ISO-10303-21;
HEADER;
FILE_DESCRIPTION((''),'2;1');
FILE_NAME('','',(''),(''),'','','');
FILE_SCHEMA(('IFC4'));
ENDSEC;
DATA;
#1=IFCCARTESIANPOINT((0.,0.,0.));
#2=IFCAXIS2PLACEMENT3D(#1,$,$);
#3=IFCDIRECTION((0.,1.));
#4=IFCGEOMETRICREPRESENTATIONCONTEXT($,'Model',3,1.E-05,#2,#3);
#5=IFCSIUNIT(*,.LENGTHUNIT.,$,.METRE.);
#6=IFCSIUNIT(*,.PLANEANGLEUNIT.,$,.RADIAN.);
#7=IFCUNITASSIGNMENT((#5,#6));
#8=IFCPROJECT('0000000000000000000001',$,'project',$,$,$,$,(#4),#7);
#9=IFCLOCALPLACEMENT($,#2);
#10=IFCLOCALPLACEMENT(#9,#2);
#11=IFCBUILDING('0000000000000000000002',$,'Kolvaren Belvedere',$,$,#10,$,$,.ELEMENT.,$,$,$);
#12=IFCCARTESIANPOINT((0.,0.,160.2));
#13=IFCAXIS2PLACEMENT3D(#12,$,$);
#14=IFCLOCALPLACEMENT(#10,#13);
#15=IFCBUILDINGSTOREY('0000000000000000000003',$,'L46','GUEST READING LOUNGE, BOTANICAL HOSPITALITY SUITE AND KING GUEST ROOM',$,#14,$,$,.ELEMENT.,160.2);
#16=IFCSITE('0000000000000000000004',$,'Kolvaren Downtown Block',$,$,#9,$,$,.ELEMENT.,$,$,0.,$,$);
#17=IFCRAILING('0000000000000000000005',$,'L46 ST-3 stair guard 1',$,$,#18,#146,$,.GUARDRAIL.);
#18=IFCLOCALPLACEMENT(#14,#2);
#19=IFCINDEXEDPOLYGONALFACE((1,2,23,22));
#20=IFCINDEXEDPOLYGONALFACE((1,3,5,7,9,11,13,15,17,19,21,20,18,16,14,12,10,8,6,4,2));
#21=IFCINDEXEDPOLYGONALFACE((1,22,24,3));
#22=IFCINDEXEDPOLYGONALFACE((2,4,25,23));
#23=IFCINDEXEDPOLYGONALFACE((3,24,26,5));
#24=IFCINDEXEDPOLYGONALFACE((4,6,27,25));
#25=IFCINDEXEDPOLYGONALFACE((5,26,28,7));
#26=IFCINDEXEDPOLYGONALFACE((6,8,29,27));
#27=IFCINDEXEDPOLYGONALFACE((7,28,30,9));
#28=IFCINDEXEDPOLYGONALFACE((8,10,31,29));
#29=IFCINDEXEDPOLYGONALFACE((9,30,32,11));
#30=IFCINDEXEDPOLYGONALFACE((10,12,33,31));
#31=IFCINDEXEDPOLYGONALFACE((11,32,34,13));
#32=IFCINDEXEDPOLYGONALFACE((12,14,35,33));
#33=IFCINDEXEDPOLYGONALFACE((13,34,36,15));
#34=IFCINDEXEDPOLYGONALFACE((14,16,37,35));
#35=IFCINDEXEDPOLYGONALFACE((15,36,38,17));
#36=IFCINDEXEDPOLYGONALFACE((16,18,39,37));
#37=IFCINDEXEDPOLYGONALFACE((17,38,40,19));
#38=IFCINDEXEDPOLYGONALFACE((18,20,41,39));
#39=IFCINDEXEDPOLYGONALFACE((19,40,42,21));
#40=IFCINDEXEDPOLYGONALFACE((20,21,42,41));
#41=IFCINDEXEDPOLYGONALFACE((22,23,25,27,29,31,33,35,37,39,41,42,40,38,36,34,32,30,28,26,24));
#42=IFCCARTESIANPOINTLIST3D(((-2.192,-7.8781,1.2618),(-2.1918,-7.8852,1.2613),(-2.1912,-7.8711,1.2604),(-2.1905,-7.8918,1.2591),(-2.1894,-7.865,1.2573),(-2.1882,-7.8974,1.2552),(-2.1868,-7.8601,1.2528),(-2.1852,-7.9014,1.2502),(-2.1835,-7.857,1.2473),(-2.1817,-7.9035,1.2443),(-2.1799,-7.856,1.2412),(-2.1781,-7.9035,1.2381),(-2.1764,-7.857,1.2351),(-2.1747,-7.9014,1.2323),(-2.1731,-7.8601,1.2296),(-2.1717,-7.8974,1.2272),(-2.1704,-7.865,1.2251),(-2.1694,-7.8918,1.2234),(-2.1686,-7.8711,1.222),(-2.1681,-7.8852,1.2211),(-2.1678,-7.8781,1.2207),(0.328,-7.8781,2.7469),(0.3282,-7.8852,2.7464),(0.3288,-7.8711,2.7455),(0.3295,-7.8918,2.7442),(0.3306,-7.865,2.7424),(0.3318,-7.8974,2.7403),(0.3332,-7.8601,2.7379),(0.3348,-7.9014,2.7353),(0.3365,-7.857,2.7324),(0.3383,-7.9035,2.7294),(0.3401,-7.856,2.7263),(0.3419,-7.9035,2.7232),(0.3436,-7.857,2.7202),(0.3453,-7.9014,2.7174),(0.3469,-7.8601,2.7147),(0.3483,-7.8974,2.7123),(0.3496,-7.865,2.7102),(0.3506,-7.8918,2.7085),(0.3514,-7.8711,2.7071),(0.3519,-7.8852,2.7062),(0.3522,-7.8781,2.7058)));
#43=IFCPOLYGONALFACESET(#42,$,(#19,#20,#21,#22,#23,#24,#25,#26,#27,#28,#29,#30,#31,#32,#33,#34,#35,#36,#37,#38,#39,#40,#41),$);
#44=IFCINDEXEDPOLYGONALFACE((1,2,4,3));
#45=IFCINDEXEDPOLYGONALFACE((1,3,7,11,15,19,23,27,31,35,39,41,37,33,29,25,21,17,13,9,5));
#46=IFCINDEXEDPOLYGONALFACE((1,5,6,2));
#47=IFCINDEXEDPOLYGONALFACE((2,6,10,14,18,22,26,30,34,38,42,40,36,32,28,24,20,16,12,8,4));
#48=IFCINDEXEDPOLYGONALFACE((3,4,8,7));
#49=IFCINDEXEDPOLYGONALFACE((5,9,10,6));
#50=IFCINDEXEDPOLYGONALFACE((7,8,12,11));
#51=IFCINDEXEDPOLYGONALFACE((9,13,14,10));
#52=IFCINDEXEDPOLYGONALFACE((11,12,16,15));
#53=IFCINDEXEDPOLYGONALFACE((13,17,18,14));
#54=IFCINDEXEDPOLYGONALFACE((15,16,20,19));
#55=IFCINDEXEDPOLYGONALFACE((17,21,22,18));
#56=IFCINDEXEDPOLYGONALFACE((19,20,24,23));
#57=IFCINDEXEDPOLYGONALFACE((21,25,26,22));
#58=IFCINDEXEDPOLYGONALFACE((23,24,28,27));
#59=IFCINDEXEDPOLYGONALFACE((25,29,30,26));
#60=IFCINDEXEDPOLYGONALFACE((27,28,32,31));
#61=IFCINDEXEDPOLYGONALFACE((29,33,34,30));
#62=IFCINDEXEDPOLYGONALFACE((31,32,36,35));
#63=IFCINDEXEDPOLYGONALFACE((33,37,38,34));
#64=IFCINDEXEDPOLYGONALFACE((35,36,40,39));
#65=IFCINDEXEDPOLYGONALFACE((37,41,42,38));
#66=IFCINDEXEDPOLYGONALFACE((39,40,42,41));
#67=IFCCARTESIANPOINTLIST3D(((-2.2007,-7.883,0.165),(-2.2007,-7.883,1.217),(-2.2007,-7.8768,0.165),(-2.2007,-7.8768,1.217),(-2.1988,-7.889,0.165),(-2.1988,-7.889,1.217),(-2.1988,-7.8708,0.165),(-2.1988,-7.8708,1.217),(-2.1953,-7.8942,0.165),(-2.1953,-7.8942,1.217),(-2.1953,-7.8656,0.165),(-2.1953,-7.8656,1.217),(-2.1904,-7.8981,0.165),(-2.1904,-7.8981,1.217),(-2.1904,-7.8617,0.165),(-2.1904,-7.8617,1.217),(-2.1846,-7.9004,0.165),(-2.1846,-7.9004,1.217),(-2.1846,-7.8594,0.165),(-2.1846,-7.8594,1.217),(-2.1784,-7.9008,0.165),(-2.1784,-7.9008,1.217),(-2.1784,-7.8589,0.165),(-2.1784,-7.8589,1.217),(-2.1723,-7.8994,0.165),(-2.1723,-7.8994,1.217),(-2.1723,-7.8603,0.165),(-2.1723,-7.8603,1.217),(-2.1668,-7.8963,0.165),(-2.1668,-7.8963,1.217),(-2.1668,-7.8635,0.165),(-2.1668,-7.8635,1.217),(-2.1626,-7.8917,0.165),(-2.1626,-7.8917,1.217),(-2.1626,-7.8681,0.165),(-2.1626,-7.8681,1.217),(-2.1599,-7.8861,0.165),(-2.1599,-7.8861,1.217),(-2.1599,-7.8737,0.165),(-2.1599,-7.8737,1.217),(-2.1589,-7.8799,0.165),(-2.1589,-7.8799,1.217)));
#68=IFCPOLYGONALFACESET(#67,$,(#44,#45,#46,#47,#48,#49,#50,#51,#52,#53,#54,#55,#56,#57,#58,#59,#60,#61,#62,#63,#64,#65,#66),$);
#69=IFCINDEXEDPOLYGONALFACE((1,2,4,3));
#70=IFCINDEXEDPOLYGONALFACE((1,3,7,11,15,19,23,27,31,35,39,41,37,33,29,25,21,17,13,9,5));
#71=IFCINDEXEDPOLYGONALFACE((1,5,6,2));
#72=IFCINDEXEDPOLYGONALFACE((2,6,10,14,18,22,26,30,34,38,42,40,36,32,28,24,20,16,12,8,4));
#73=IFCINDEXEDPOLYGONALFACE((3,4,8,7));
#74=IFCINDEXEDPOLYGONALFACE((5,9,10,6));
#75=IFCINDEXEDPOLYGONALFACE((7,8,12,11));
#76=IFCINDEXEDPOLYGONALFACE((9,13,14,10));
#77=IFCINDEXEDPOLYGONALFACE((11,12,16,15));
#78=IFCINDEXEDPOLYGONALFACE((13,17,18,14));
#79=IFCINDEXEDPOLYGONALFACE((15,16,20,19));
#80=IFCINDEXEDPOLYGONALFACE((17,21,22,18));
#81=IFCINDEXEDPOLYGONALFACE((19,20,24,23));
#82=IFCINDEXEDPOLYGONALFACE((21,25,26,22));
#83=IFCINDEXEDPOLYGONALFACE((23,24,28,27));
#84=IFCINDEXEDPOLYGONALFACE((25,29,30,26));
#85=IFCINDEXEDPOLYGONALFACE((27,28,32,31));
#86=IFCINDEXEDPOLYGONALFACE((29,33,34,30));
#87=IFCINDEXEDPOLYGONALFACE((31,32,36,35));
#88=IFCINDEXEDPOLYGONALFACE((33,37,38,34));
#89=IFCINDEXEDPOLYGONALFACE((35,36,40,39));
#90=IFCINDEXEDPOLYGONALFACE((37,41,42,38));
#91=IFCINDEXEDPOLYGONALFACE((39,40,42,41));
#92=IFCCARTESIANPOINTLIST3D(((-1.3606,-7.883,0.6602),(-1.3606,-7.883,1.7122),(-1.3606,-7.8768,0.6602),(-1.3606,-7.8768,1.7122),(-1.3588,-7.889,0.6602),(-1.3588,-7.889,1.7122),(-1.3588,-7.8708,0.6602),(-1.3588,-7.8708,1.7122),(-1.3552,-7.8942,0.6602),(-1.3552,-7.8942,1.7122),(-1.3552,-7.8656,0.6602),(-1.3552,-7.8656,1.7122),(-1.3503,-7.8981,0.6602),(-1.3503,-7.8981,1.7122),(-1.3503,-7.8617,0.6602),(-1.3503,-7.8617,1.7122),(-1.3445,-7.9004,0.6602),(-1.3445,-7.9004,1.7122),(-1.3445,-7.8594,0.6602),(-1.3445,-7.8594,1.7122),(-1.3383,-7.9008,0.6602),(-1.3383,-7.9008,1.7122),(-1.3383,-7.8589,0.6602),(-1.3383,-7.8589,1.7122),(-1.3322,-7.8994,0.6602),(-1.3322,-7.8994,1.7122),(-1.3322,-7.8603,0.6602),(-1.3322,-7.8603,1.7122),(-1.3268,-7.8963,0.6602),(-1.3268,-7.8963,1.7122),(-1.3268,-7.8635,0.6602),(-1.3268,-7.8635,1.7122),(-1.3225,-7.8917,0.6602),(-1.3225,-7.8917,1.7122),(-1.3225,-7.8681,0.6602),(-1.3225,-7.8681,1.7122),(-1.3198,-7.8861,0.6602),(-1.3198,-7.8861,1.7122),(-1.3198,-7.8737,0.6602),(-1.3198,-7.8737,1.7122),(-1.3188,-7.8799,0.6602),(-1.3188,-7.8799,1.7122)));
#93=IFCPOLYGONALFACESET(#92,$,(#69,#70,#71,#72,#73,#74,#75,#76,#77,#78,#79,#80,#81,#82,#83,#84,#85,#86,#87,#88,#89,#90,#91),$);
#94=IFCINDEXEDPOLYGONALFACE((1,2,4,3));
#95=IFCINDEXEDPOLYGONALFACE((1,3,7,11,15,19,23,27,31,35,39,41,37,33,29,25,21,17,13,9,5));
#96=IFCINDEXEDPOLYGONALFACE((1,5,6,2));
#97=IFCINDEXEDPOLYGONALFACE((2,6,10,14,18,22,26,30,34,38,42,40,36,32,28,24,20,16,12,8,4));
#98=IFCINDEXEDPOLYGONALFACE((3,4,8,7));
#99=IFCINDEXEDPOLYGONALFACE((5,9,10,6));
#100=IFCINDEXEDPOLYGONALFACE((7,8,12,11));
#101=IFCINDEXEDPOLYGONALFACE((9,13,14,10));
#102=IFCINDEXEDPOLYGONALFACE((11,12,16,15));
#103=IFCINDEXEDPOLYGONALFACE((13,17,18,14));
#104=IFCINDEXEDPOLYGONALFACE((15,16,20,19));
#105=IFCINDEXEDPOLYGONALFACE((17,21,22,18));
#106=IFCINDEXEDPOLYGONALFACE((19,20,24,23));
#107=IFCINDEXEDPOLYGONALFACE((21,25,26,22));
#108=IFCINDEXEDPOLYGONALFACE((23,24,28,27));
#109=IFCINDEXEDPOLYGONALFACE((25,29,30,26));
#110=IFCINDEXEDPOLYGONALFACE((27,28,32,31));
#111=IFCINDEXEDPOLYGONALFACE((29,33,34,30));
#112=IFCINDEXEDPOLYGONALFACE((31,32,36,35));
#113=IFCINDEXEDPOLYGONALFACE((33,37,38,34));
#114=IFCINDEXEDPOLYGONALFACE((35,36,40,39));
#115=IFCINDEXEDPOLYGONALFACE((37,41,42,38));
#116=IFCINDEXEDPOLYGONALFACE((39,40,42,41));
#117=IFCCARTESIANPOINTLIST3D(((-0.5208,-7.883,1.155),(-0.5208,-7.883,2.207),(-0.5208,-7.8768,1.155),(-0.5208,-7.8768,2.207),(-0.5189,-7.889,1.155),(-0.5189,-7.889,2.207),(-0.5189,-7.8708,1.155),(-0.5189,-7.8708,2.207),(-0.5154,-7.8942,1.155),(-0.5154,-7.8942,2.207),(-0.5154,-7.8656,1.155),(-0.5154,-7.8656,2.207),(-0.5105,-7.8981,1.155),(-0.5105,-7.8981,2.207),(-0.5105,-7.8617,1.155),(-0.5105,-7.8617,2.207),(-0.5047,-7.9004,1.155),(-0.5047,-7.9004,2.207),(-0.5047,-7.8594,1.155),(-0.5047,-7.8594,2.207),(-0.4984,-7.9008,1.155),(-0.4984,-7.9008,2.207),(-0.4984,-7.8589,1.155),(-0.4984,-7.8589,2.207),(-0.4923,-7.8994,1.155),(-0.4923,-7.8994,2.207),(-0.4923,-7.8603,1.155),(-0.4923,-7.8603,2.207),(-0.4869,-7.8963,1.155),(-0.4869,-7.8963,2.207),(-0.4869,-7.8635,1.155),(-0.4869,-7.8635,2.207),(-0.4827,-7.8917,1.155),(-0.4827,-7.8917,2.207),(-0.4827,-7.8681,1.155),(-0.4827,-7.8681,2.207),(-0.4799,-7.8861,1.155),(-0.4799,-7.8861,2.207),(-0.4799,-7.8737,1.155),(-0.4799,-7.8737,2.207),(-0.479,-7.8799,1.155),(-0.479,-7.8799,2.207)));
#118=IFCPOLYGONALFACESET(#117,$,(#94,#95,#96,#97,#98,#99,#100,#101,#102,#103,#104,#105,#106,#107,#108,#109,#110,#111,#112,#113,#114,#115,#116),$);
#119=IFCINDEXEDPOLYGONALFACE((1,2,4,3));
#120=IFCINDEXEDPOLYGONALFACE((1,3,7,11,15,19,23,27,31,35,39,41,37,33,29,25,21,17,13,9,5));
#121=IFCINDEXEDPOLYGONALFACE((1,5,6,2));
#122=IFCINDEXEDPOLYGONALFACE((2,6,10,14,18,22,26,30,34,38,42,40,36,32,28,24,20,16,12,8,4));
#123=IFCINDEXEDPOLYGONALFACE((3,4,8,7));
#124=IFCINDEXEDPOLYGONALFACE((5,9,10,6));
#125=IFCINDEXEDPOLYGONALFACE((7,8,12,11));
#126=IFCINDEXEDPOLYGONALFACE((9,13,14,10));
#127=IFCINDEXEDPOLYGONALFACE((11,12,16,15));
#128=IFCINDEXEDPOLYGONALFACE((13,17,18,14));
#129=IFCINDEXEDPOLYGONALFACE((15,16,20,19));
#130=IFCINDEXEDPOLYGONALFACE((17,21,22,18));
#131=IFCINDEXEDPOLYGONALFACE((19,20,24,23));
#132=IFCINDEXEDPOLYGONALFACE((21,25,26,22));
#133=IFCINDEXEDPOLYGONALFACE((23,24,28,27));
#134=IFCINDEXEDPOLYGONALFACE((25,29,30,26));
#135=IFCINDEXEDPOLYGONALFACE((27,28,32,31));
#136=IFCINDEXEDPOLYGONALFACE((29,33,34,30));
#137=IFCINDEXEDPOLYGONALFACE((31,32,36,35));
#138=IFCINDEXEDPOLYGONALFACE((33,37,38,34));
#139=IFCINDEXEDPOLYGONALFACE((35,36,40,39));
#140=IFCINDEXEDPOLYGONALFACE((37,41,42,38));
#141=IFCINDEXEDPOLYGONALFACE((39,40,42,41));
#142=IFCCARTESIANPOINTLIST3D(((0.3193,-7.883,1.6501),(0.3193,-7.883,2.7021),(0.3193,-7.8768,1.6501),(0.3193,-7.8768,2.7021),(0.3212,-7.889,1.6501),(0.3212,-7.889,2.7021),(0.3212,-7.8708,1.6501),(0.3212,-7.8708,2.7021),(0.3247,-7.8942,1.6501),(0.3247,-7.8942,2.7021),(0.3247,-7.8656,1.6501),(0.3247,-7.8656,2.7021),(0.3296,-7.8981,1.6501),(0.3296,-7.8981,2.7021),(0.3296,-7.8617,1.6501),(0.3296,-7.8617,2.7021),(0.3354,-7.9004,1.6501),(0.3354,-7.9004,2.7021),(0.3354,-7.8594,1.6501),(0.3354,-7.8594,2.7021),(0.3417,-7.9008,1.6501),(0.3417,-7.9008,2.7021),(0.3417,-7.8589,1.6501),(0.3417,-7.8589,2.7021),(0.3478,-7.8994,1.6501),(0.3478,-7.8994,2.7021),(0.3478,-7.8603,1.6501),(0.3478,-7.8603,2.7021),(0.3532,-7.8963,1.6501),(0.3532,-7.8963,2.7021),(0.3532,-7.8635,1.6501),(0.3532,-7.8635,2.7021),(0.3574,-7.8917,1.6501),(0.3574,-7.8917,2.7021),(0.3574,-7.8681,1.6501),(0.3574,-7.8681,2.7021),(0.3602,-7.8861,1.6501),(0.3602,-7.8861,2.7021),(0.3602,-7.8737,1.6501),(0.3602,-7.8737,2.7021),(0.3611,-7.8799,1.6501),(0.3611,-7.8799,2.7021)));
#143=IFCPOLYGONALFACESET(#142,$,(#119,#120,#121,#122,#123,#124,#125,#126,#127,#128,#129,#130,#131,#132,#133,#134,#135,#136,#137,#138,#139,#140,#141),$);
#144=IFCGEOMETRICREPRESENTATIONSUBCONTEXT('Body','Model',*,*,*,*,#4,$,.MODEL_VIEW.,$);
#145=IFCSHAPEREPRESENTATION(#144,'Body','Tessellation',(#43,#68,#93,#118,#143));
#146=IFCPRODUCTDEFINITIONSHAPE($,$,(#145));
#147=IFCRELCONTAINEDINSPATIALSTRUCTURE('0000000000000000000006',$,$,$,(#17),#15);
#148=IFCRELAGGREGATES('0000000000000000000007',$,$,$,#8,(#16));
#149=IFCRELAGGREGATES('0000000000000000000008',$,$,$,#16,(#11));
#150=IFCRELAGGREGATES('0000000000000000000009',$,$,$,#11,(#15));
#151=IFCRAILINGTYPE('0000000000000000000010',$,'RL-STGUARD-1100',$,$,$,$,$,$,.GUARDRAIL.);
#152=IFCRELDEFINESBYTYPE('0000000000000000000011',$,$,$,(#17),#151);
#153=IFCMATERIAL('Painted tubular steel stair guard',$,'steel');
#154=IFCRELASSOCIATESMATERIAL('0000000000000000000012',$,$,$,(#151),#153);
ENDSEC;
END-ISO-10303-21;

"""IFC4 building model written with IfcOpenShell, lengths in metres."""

from ifc_helpers import new_model, si_unit, direction, frame, origin, origin_2d, place, context, subcontext, project, spatial, circle, extrude, material, type_object, element, save


model = new_model("IFC4")

# Units and contexts
model_context = context("Model", 3, precision=1e-05, world=origin(), true_north=direction((0.0, 1.0)))
body_context = subcontext(model_context, "Body", "Model", "MODEL_VIEW")
ifc_project = project(units=[si_unit("LENGTHUNIT", "METRE"), si_unit("PLANEANGLEUNIT", "RADIAN")], contexts=[model_context])

# Site, building, storey
site_placement = place(None, origin())
site = spatial("IfcSite", under=ifc_project, at=site_placement, Name="Kolvaren Downtown Block", CompositionType="ELEMENT", RefElevation=0.0)
building_placement = place(site_placement, origin())
building = spatial("IfcBuilding", under=site, at=building_placement, Name="Kolvaren Belvedere", CompositionType="ELEMENT")
storey_placement = place(building_placement, frame((0.0, 0.0, 160.2)))
storey = spatial("IfcBuildingStorey", under=building, at=storey_placement, Name="L46", Description="GUEST READING LOUNGE, BOTANICAL HOSPITALITY SUITE AND KING GUEST ROOM", CompositionType="ELEMENT", Elevation=160.2)

# Railing
ifc_material_1 = material(Name="Painted tubular steel stair guard", Category="steel")
railing_type_1 = type_object("IfcRailingType", Name="RL-STGUARD-1100", PredefinedType="GUARDRAIL", material=ifc_material_1)
railing_1_placement = place(storey_placement, frame((-2.1799, -7.8799, 0.165)))
element("IfcRailing", 1, at=railing_1_placement, inside=storey, type_object=railing_type_1, Name="L46 ST-3 stair guard 1", PredefinedType="GUARDRAIL", context=body_context, shape_type="SweptSolid", body=[
    extrude(circle(Radius=0.0239, at=origin_2d()), frame((0.0, 0.0, 1.0762), z_axis=(0.861524, 0.0, 0.507717), x_axis=(0.0, 1.0, 0.0)), (0.0, 0.0, 1.0), 2.925),
    extrude(circle(Radius=0.021, at=origin_2d()), origin(), (0.0, 0.0, 1.0), 1.052),
    extrude(circle(Radius=0.021, at=origin_2d()), frame((0.8401, 0.0, 0.4951)), (0.0, 0.0, 1.0), 1.052),
    extrude(circle(Radius=0.021, at=origin_2d()), frame((1.6799, 0.0, 0.99)), (0.0, 0.0, 1.0), 1.052),
    extrude(circle(Radius=0.021, at=origin_2d()), frame((2.52, 0.0, 1.4851)), (0.0, 0.0, 1.0), 1.052),
])

save(model, "model.ifc")
